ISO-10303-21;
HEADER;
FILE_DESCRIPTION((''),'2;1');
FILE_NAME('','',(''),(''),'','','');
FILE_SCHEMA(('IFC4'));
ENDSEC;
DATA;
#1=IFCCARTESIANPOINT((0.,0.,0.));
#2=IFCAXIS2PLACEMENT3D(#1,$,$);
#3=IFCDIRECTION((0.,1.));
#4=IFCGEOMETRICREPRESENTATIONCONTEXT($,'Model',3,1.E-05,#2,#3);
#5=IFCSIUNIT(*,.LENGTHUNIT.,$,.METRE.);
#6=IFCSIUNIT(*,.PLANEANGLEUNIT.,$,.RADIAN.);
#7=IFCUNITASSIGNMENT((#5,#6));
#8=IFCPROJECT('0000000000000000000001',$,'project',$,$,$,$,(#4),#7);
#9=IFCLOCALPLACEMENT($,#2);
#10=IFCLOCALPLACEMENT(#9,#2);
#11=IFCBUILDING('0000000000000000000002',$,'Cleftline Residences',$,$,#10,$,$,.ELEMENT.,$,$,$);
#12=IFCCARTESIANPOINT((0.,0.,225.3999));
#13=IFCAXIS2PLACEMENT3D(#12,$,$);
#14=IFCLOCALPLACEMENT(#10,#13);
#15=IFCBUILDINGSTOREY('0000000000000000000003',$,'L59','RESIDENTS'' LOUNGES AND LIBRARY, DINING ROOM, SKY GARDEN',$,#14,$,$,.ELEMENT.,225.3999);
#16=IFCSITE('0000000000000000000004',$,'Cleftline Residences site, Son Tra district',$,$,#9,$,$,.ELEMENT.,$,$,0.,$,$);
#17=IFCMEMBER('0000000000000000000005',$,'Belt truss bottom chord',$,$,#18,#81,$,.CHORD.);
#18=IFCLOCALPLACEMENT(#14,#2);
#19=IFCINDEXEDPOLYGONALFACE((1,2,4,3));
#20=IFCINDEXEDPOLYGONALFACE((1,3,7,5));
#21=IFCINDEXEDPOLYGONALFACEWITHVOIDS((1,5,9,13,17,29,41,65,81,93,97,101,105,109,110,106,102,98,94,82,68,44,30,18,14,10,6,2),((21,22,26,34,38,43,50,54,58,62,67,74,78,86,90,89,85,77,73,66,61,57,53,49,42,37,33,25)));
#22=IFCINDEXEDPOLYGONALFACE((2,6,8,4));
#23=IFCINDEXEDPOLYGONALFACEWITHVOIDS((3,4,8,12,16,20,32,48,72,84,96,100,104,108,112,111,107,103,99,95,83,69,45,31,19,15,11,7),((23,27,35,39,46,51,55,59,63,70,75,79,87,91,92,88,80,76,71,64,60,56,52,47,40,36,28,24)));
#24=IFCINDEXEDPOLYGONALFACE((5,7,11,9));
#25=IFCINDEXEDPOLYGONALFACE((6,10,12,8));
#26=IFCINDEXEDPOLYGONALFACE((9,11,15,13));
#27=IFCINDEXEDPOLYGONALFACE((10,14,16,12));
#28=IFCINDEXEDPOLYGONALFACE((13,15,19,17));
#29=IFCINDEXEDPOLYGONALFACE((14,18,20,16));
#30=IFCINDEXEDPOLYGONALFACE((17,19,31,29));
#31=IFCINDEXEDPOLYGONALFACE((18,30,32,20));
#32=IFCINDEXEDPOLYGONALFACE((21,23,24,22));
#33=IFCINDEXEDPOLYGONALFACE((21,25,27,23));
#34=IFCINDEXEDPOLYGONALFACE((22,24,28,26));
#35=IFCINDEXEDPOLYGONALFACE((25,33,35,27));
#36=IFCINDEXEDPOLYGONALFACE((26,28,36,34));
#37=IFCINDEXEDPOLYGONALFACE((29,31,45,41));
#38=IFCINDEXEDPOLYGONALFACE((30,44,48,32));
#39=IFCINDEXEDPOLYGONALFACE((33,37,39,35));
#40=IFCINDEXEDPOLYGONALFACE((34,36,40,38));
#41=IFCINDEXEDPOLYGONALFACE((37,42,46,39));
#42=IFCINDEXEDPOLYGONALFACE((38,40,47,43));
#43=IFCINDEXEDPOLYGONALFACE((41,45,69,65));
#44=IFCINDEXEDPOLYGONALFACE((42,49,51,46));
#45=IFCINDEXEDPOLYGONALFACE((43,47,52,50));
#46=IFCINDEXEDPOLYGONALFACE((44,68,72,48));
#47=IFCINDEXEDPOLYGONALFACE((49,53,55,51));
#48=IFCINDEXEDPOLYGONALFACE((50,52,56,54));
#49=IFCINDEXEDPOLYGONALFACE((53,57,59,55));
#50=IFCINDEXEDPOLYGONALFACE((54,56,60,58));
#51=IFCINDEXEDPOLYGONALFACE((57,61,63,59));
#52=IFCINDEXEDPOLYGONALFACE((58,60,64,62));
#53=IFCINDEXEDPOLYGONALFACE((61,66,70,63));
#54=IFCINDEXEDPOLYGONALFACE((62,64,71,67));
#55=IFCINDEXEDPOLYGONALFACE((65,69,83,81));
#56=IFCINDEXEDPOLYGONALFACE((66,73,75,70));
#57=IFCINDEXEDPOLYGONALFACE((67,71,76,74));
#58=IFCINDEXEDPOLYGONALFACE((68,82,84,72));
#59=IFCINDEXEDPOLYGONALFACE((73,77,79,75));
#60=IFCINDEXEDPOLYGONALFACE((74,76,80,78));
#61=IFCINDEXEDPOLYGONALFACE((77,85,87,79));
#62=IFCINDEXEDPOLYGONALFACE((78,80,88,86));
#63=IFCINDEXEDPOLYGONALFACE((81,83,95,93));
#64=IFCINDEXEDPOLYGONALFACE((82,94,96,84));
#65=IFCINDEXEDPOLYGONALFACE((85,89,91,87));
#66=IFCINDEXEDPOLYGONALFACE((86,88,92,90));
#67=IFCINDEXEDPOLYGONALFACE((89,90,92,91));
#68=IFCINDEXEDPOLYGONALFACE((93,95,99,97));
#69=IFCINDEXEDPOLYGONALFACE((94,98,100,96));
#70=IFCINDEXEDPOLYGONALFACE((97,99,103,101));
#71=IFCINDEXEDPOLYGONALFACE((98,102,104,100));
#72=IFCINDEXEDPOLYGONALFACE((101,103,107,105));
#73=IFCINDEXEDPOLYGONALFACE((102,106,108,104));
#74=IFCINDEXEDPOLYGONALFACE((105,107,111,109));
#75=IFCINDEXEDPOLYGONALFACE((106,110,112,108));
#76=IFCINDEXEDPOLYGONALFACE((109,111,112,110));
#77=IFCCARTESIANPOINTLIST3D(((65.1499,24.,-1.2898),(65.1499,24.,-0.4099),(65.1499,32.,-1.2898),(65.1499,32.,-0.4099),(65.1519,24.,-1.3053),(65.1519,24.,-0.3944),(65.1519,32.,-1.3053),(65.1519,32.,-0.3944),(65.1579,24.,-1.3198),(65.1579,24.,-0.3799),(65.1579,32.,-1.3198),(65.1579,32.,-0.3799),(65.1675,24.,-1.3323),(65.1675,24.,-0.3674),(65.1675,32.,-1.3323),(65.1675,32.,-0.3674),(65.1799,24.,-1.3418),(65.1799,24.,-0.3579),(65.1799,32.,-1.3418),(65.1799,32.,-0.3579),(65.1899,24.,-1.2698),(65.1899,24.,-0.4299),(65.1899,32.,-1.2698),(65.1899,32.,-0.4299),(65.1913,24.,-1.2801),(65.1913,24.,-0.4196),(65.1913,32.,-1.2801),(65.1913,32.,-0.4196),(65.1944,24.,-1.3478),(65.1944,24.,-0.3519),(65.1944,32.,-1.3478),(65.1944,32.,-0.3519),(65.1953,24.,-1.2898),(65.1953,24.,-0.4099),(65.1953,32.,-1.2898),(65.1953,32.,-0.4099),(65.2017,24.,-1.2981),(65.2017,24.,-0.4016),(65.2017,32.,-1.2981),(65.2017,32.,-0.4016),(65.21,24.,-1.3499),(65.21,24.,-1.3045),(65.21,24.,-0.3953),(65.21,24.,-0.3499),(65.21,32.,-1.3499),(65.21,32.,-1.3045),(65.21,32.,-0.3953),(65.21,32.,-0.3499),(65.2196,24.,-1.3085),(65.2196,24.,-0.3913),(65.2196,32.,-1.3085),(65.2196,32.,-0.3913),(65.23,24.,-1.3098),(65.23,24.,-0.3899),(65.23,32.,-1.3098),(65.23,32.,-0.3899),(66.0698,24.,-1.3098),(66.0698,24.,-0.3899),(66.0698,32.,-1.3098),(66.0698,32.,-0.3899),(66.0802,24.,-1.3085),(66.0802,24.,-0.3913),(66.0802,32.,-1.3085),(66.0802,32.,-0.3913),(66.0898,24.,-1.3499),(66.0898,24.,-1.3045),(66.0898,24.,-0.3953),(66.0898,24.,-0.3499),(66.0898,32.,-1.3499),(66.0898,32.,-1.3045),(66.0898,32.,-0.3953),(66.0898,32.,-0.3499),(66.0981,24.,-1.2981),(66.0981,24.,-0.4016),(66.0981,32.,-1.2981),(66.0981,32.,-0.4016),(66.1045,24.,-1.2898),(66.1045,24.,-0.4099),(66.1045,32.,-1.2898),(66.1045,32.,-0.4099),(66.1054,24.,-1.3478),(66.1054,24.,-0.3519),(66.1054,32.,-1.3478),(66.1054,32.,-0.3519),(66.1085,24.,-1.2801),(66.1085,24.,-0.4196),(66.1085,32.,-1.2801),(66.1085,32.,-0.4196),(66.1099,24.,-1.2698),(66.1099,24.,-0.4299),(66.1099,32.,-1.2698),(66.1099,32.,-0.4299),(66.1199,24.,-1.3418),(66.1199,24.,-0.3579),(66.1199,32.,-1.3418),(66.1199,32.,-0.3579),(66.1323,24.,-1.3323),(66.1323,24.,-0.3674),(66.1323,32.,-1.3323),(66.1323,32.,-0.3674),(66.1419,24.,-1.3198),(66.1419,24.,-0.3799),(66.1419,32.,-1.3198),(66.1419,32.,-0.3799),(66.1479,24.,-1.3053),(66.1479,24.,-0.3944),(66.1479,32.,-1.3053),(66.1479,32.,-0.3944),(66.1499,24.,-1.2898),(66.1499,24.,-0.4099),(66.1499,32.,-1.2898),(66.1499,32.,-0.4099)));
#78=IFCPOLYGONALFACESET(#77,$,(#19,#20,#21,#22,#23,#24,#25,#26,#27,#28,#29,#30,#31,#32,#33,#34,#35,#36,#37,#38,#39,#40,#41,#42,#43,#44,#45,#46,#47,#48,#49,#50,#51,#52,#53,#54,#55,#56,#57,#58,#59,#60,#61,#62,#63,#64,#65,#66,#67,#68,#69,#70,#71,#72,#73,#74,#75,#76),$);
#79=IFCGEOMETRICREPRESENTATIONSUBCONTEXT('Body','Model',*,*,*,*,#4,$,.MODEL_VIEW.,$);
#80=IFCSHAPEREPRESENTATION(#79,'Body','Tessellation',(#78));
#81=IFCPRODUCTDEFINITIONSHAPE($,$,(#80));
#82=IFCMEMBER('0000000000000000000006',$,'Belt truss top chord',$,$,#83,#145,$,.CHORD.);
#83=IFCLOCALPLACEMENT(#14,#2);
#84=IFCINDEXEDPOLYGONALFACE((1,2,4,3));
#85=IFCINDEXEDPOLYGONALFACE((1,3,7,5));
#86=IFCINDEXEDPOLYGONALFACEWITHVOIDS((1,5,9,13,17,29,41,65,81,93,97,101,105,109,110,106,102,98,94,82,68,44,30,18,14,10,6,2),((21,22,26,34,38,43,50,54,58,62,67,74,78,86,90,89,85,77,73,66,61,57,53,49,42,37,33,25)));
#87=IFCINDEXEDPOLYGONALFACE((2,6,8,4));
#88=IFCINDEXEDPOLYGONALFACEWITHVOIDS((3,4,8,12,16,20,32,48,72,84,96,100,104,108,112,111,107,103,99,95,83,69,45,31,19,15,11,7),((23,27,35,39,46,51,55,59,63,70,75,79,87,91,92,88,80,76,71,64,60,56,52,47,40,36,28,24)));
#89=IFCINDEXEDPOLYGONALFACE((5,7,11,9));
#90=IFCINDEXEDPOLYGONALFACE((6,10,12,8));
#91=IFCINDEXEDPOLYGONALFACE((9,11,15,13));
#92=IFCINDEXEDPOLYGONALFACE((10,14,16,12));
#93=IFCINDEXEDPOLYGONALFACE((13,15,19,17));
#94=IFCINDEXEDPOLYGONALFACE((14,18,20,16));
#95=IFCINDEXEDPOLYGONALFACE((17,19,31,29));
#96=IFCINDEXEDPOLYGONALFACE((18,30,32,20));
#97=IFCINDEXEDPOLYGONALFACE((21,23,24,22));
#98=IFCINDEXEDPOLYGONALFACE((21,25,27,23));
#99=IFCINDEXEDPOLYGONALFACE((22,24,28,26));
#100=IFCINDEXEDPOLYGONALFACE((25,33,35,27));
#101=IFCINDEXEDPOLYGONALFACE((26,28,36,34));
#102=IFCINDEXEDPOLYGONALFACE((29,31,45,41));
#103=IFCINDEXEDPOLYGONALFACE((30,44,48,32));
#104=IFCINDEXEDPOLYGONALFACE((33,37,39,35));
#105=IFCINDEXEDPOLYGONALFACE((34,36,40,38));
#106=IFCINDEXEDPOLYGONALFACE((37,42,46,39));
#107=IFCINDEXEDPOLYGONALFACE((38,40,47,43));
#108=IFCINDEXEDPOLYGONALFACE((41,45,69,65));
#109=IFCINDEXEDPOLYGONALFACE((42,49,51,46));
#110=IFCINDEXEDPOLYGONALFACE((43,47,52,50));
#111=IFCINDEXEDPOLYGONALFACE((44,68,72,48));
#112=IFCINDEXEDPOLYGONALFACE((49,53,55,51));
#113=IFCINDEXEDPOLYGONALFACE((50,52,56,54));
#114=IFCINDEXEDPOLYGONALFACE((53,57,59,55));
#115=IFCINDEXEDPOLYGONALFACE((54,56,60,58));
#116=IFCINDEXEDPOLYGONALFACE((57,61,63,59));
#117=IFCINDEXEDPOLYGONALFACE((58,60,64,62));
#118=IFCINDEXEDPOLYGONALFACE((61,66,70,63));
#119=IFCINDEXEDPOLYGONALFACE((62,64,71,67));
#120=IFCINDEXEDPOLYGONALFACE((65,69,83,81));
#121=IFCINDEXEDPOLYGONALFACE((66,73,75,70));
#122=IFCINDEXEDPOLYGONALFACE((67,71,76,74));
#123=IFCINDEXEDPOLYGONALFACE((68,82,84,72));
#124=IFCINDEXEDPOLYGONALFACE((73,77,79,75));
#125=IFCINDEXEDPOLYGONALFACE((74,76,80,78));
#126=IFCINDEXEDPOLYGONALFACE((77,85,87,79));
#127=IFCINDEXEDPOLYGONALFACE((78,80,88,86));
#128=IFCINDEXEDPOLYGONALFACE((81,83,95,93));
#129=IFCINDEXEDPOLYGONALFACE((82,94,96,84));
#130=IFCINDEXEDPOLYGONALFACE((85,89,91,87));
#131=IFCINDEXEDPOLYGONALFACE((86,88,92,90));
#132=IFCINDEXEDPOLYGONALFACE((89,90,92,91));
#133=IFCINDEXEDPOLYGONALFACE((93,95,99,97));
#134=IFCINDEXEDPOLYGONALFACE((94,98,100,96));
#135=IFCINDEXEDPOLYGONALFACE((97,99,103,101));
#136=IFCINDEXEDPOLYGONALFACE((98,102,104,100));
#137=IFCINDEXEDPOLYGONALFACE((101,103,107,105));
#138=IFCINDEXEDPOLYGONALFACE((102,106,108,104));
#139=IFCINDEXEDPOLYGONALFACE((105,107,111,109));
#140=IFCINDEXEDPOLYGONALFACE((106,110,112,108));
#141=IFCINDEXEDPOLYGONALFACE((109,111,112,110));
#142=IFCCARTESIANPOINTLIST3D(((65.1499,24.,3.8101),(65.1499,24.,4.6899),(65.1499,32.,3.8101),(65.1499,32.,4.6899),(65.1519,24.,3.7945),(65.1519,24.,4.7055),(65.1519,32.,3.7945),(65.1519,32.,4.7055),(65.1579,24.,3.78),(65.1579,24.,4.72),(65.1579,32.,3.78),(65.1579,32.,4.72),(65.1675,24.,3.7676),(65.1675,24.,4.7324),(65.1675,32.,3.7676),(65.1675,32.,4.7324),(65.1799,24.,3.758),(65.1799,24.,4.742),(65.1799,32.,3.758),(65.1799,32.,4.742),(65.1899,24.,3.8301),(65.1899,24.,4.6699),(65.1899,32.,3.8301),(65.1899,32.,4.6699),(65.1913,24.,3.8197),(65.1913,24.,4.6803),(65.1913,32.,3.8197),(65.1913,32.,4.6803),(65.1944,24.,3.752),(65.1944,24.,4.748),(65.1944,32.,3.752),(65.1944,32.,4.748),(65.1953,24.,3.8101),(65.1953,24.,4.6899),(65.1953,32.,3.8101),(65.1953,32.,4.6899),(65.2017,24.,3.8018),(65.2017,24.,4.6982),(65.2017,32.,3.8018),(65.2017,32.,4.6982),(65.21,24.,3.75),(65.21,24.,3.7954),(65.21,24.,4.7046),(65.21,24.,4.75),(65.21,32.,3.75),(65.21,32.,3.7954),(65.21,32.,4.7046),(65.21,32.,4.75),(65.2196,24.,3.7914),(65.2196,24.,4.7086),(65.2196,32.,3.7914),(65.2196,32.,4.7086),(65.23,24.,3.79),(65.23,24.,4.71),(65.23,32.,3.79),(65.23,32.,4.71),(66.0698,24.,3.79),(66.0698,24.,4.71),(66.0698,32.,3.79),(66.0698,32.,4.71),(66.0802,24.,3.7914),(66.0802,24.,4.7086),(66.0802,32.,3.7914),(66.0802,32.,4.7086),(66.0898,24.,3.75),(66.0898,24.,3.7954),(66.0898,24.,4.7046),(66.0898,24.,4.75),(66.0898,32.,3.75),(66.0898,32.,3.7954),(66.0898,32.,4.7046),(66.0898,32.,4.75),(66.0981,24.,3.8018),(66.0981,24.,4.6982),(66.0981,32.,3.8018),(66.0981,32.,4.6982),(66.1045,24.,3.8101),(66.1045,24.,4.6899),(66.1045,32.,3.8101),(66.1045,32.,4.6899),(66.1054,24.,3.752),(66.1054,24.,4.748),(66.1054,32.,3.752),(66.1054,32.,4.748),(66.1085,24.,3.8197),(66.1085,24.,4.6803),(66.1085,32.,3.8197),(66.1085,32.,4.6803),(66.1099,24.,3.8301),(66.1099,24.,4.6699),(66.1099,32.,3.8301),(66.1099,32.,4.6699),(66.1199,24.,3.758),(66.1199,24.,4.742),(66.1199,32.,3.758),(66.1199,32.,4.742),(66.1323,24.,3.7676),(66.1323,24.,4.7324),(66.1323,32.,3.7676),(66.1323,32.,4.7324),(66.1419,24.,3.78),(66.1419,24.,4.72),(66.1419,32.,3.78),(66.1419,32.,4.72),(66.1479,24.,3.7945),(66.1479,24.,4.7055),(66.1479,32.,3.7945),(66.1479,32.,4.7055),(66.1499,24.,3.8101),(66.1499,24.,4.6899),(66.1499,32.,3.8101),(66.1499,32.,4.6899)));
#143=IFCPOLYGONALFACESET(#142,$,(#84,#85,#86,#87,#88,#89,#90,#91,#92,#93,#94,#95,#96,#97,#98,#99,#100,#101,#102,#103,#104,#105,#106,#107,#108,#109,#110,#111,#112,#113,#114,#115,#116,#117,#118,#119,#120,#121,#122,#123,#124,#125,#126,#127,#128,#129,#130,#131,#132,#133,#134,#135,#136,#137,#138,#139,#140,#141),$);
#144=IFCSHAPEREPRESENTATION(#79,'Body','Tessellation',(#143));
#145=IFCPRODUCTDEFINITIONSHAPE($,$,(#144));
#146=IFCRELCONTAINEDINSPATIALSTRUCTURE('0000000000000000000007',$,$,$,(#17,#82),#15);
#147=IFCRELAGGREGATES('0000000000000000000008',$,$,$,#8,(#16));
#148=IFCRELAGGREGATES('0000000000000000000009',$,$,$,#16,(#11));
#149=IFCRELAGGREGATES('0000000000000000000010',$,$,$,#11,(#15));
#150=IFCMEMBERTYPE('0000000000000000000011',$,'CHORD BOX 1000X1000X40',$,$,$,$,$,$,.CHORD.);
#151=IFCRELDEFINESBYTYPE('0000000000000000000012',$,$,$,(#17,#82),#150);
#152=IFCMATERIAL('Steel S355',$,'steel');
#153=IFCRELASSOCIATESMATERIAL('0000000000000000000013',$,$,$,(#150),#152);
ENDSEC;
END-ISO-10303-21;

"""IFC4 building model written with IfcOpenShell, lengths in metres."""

from ifc_helpers import new_model, si_unit, direction, frame, origin, origin_2d, place, context, subcontext, project, spatial, hollow_rectangle, extrude, material, material_profile, profile_set, type_object, element, save


model = new_model("IFC4")

# Units and contexts
model_context = context("Model", 3, precision=1e-05, world=origin(), true_north=direction((0.0, 1.0)))
body_context = subcontext(model_context, "Body", "Model", "MODEL_VIEW")
ifc_project = project(units=[si_unit("LENGTHUNIT", "METRE"), si_unit("PLANEANGLEUNIT", "RADIAN")], contexts=[model_context])

# Site, building, storey
site_placement = place(None, origin())
site = spatial("IfcSite", under=ifc_project, at=site_placement, Name="Cleftline Residences site, Son Tra district", CompositionType="ELEMENT", RefElevation=0.0)
building_placement = place(site_placement, origin())
building = spatial("IfcBuilding", under=site, at=building_placement, Name="Cleftline Residences", CompositionType="ELEMENT")
storey_placement = place(building_placement, frame((0.0, 0.0, 225.3999)))
storey = spatial("IfcBuildingStorey", under=building, at=storey_placement, Name="L59", Description="RESIDENTS' LOUNGES AND LIBRARY, DINING ROOM, SKY GARDEN", CompositionType="ELEMENT", Elevation=225.3999)

# Members
ifc_material_1 = material(Name="Steel S355", Category="steel")
ifc_material_profile_1 = material_profile(ifc_material_1, hollow_rectangle(XDim=1.0, YDim=1.0, WallThickness=0.04, InnerFilletRadius=0.04, OuterFilletRadius=0.0601, at=origin_2d()))
ifc_profile_set_1 = profile_set([ifc_material_profile_1], Name="Steel S355")
member_type_1 = type_object("IfcMemberType", Name="CHORD BOX 1000X1000X40", PredefinedType="CHORD", material=ifc_profile_set_1)
for number, where, z_axis, x_axis, name in (
    (1, (65.6499, 24.0, -0.8499), (0.0, 1.0, 0.0), (-1.0, 0.0, 0.0), "Belt truss bottom chord"),
    (2, (65.6499, 24.0, 4.25), (0.0, 1.0, 0.0), (-1.0, 0.0, 0.0), "Belt truss top chord"),
):
    element("IfcMember", number, at=place(storey_placement, frame(where, z_axis=z_axis, x_axis=x_axis)), inside=storey, type_object=member_type_1, Name=name, PredefinedType="CHORD", context=body_context, shape_type="SweptSolid", body=[
        extrude(hollow_rectangle(XDim=1.0, YDim=1.0, WallThickness=0.04, InnerFilletRadius=0.04, OuterFilletRadius=0.0601, at=origin_2d()), origin(), (0.0, 0.0, 1.0), 8.0),
    ])

save(model, "model.ifc")
